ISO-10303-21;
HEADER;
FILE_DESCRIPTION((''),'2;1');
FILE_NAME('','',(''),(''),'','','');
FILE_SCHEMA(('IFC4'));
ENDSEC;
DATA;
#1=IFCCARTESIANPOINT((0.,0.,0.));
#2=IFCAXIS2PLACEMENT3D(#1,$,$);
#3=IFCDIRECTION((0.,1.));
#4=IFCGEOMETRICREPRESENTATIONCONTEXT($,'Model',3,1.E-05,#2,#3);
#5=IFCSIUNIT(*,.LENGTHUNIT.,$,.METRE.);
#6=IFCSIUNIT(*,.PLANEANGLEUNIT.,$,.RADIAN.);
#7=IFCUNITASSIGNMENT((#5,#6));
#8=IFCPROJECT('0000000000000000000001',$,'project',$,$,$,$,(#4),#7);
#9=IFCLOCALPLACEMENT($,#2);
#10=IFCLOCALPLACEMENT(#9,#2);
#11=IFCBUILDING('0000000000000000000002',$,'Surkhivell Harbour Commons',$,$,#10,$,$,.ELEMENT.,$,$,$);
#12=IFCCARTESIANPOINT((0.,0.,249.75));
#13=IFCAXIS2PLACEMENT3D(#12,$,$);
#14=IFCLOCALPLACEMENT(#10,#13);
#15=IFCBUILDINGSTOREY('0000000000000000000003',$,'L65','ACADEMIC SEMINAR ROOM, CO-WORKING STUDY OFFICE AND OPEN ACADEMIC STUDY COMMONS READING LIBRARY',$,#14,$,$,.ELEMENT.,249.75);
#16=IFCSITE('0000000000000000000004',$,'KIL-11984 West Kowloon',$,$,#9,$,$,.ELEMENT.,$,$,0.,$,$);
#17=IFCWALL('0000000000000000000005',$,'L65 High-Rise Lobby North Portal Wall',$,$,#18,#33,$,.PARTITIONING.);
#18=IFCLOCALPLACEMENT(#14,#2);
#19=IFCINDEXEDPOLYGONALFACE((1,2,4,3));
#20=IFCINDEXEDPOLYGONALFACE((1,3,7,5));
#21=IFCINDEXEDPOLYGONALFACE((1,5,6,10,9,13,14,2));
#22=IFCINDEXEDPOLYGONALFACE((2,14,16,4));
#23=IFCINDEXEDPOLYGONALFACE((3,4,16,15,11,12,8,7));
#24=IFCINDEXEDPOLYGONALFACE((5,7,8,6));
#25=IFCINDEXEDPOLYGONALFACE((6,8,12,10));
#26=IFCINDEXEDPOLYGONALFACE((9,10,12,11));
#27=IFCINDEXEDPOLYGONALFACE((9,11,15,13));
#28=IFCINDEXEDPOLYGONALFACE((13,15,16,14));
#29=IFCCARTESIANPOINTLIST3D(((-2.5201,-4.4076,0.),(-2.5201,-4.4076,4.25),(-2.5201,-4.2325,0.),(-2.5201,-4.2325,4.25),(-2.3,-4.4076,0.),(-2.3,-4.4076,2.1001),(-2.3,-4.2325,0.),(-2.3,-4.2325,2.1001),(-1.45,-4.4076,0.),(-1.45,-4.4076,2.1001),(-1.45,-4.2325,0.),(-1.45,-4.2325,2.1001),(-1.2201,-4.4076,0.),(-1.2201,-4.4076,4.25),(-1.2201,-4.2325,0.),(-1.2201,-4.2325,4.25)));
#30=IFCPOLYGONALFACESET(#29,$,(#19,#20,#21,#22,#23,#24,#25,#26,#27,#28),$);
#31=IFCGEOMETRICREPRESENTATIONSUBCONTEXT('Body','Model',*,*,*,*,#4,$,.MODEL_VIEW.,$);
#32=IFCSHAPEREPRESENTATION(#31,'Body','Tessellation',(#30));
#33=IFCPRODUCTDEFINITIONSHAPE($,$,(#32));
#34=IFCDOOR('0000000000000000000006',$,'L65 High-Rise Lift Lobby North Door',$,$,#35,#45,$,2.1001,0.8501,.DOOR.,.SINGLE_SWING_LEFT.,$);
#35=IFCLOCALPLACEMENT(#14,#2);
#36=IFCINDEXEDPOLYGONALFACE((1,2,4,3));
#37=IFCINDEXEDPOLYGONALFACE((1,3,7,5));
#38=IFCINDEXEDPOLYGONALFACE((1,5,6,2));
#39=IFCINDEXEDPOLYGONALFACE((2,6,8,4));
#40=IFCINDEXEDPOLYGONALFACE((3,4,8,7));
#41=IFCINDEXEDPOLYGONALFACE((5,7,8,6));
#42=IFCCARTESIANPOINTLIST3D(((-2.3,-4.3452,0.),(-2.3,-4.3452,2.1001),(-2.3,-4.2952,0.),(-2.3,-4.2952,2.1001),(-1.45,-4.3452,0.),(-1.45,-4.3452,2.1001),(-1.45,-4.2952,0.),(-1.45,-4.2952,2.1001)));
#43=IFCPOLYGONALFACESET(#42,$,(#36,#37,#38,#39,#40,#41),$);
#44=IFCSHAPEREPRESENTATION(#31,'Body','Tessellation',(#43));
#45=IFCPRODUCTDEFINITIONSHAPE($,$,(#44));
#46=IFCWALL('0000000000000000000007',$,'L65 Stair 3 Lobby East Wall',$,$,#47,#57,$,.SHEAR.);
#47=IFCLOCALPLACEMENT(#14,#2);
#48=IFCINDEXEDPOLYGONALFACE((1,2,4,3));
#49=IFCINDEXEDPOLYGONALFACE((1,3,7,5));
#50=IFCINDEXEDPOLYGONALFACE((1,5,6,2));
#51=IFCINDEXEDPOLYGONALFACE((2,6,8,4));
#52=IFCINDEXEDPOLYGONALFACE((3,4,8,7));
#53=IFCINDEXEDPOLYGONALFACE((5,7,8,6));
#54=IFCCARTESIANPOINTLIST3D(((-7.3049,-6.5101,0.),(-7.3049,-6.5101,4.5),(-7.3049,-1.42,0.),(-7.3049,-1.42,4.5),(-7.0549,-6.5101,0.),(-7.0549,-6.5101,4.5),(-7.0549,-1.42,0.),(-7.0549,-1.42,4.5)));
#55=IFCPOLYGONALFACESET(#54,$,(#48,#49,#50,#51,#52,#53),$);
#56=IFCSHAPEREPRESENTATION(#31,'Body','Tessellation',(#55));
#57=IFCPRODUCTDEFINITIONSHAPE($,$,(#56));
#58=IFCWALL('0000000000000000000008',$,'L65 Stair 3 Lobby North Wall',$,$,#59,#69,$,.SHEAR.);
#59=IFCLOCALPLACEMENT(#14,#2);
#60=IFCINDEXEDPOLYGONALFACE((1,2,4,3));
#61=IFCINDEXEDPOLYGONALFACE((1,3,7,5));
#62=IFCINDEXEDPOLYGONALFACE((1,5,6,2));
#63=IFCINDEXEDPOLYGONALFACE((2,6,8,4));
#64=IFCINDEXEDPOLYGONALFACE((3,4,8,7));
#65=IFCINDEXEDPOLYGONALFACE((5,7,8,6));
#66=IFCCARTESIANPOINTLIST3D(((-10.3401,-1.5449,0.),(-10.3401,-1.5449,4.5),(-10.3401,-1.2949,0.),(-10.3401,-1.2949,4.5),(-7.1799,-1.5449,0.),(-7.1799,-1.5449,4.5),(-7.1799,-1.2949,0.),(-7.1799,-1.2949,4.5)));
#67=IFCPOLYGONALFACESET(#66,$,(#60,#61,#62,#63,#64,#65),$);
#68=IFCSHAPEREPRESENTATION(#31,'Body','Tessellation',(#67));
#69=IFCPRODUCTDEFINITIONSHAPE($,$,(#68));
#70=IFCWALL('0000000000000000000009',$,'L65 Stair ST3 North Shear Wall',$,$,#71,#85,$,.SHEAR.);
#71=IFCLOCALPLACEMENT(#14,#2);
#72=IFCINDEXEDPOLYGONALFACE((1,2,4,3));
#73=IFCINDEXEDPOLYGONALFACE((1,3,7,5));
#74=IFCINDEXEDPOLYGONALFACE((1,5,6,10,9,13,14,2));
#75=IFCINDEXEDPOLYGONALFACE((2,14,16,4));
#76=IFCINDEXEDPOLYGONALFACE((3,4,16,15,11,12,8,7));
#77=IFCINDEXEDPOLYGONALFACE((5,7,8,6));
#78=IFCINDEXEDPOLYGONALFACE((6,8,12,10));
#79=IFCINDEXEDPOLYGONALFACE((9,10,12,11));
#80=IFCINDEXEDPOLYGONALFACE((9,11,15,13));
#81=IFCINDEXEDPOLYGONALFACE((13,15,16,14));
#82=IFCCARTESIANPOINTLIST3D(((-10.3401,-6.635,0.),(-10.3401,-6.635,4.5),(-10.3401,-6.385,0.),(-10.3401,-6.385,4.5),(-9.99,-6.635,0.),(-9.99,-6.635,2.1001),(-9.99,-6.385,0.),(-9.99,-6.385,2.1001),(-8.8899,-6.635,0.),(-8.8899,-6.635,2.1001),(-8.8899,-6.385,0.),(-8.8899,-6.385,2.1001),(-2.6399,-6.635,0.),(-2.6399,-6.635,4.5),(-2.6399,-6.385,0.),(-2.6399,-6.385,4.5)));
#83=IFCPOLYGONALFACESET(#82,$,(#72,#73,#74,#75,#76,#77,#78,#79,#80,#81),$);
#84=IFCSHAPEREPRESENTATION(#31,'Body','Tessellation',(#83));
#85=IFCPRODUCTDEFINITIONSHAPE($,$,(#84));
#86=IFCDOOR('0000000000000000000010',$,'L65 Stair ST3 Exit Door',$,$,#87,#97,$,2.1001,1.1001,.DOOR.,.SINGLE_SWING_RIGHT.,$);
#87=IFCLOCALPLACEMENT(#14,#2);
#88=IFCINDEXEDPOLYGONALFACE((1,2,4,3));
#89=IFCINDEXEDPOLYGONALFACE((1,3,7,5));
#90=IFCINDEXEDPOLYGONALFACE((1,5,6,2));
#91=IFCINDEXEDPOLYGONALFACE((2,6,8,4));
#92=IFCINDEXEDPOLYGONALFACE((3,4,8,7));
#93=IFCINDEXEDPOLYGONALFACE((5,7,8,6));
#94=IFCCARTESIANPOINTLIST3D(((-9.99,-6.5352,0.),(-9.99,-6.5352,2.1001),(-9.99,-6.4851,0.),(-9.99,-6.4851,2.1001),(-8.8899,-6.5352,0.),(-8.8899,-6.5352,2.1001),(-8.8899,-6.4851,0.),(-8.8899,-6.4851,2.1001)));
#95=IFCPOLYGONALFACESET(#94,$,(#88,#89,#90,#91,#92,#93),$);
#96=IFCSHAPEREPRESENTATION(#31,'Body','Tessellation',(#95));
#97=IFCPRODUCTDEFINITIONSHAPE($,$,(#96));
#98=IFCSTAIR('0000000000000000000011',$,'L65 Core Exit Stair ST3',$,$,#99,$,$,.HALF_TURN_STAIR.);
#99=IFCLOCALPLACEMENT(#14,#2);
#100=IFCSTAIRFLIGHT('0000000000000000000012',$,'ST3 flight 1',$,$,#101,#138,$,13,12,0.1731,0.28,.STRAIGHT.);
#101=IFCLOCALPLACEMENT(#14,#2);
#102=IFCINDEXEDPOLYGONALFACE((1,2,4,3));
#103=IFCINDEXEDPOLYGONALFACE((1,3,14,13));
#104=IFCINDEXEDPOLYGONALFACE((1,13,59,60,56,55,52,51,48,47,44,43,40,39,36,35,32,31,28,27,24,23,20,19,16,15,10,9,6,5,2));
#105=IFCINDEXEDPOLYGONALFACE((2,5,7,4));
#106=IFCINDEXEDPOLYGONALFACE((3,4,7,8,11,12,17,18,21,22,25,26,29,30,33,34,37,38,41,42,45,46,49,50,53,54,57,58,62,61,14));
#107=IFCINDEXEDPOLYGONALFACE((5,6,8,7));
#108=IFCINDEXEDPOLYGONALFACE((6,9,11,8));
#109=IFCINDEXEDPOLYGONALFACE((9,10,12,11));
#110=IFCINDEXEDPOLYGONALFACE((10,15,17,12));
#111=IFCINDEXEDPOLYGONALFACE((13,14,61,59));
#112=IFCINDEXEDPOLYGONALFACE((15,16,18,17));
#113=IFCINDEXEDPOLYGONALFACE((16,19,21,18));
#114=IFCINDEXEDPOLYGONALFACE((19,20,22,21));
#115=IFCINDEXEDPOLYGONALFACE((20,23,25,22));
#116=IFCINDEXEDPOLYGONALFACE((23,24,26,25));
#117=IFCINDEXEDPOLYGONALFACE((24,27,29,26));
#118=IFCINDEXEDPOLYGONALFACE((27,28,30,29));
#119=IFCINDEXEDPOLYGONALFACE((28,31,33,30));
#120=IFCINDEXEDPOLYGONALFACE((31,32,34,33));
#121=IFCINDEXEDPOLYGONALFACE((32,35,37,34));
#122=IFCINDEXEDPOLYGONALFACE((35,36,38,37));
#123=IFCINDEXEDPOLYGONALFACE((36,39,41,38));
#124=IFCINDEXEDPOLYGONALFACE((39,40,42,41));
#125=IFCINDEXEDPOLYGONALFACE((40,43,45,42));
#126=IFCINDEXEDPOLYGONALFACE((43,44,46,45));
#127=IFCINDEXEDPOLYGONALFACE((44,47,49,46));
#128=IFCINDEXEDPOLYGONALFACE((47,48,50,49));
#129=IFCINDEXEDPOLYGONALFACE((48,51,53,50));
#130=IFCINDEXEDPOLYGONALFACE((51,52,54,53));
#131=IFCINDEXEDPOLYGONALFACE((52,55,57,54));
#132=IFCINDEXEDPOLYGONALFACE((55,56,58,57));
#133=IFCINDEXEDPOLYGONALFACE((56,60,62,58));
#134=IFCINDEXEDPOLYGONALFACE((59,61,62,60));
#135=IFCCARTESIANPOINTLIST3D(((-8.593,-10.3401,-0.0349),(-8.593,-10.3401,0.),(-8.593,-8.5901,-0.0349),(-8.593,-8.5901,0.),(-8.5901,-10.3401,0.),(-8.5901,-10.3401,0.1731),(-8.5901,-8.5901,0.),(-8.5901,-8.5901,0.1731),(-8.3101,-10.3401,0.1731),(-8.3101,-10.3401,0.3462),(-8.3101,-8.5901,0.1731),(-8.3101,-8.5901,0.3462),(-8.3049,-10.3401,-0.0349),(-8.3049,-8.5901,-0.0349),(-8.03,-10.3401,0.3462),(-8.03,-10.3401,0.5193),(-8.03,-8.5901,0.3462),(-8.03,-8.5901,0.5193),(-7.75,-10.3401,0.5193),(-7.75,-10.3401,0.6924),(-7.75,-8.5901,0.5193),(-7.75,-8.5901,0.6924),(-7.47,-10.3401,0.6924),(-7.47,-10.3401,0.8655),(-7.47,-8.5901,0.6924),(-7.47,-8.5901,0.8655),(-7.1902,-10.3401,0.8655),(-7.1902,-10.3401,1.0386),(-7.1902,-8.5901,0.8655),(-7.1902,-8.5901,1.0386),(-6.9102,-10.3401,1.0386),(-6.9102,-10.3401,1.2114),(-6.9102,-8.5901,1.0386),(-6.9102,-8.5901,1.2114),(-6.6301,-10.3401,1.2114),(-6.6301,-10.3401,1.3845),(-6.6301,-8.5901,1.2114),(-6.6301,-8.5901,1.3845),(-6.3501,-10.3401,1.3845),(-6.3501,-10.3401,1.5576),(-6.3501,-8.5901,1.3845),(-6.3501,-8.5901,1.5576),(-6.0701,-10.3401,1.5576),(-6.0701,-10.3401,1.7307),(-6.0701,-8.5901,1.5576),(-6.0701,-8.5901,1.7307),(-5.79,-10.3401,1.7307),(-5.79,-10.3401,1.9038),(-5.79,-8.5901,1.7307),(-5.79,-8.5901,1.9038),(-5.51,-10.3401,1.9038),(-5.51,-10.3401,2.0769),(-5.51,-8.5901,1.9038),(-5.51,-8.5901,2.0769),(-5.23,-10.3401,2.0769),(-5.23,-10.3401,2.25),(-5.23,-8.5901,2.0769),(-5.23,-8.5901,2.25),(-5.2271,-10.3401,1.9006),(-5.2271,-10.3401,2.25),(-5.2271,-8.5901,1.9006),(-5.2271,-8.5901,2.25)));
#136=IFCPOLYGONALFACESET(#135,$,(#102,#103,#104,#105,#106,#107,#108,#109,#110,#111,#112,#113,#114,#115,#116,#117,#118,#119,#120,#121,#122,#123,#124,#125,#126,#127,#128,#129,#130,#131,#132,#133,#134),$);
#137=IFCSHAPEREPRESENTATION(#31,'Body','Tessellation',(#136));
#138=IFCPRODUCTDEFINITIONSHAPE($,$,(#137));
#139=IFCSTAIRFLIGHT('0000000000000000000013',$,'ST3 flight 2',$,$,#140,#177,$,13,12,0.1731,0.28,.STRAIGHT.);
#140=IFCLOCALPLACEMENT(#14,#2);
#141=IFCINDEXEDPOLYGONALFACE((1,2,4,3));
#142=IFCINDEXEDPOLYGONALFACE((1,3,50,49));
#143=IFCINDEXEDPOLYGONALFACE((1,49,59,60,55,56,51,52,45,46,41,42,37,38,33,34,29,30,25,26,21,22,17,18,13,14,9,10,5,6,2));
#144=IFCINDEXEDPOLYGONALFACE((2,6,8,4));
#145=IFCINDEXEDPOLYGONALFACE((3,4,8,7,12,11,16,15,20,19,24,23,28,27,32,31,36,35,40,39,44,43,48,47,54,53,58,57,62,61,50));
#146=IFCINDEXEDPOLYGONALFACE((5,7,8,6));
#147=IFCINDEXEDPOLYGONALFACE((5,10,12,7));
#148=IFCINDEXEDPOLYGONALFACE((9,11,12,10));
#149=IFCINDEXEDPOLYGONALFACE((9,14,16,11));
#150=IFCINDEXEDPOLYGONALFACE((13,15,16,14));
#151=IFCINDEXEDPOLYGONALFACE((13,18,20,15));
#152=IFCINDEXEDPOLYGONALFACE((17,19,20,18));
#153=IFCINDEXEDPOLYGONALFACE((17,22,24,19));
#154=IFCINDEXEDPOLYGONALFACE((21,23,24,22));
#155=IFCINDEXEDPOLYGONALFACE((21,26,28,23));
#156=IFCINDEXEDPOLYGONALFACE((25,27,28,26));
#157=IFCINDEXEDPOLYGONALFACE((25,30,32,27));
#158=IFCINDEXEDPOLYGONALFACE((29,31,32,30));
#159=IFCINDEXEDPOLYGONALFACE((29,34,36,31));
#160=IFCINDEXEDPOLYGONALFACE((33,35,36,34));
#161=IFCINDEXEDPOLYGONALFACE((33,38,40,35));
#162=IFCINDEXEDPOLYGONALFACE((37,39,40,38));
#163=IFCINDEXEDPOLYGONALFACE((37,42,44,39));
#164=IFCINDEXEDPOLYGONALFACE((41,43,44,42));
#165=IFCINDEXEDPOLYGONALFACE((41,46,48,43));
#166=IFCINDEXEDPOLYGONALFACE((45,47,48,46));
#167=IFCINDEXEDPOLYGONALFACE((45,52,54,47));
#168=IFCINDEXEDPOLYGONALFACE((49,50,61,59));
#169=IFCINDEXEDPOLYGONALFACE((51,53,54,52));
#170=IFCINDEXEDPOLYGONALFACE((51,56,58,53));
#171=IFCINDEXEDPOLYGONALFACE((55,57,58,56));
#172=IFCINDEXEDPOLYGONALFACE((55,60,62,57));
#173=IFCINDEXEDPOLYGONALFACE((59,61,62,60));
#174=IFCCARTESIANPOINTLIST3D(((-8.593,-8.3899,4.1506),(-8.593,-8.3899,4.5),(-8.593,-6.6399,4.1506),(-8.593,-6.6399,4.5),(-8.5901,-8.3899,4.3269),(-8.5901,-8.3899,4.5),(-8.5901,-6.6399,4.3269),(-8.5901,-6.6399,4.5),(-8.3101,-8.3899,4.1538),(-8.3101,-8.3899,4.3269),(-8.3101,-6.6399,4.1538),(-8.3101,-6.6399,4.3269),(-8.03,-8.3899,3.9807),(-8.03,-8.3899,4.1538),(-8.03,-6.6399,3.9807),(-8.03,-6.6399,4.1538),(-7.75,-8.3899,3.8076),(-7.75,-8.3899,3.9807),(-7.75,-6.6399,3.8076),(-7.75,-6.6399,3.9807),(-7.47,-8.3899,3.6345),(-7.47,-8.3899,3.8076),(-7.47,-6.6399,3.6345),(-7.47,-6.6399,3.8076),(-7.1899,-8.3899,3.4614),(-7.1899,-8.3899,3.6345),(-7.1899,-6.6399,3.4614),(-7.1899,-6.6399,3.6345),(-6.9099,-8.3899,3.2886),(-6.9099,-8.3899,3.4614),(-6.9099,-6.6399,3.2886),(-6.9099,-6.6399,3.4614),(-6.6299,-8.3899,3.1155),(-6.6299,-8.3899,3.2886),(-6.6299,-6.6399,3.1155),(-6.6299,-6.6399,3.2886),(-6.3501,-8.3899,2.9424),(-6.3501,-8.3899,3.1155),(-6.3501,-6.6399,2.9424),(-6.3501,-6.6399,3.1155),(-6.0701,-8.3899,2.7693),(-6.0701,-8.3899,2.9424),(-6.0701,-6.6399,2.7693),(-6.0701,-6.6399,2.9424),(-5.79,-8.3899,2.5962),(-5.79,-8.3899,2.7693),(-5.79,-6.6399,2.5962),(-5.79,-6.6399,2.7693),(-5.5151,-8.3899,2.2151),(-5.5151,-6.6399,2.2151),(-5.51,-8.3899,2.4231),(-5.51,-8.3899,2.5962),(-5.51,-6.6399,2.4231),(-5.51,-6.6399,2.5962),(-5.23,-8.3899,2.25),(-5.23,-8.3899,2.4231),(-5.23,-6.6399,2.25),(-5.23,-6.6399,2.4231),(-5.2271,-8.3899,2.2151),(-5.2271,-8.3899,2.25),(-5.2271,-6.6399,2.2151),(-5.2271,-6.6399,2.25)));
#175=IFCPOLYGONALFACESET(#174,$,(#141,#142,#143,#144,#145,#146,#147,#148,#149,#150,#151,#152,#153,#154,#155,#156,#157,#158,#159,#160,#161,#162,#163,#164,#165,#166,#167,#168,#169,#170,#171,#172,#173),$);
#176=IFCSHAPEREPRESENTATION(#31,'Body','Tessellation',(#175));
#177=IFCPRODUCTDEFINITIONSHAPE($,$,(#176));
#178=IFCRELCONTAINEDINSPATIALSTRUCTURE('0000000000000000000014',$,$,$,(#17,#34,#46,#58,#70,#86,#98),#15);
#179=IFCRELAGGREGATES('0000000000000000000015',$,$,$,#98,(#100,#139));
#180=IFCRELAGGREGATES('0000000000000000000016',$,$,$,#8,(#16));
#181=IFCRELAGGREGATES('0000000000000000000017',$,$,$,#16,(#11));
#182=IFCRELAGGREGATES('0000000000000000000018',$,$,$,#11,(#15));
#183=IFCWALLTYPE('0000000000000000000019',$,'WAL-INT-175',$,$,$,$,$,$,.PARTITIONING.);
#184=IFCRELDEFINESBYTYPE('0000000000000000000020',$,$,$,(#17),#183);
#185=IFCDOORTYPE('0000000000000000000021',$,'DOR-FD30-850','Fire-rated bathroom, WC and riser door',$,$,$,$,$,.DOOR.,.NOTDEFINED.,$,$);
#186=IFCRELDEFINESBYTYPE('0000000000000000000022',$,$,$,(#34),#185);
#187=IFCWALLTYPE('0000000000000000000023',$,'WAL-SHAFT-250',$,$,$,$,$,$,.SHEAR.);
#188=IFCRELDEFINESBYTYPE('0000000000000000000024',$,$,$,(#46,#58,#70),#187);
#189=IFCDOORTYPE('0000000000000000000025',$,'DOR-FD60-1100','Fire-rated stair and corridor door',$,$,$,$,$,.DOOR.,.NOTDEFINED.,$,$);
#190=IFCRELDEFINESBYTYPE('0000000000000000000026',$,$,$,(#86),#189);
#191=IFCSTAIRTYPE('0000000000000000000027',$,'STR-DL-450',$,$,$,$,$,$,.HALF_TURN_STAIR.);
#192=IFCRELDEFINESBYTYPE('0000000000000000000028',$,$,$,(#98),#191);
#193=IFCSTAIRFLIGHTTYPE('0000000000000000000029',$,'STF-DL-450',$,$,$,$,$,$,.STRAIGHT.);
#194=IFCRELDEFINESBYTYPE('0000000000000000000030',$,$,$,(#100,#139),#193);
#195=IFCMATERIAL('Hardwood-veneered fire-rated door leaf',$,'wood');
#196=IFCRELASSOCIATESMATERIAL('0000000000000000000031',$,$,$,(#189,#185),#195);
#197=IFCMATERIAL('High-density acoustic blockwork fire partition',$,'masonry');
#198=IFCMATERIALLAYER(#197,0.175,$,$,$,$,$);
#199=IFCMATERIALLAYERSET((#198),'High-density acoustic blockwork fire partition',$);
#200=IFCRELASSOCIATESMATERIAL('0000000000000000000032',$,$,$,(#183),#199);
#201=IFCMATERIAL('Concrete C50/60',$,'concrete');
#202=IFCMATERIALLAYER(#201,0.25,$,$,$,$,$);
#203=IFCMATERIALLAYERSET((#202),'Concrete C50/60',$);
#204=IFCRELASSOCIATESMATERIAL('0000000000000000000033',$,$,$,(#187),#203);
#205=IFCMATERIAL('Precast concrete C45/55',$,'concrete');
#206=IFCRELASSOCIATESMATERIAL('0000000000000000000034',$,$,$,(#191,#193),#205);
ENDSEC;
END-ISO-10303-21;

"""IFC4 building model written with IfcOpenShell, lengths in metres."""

from ifc_helpers import new_model, si_unit, direction, frame, frame_2d, origin, place, context, subcontext, project, spatial, polyline, rectangle, outline, extrude, material, layer, layer_set, type_object, element, fill, aggregate, save


model = new_model("IFC4")

# Units and contexts
model_context = context("Model", 3, precision=1e-05, world=origin(), true_north=direction((0.0, 1.0)))
body_context = subcontext(model_context, "Body", "Model", "MODEL_VIEW")
ifc_project = project(units=[si_unit("LENGTHUNIT", "METRE"), si_unit("PLANEANGLEUNIT", "RADIAN")], contexts=[model_context])

# Site, building, storey
site_placement = place(None, origin())
site = spatial("IfcSite", under=ifc_project, at=site_placement, Name="KIL-11984 West Kowloon", CompositionType="ELEMENT", RefElevation=0.0)
building_placement = place(site_placement, origin())
building = spatial("IfcBuilding", under=site, at=building_placement, Name="Surkhivell Harbour Commons", CompositionType="ELEMENT")
storey_placement = place(building_placement, frame((0.0, 0.0, 249.75)))
storey = spatial("IfcBuildingStorey", under=building, at=storey_placement, Name="L65", Description="ACADEMIC SEMINAR ROOM, CO-WORKING STUDY OFFICE AND OPEN ACADEMIC STUDY COMMONS READING LIBRARY", CompositionType="ELEMENT", Elevation=249.75)

# Shared definitions
ifc_material_1 = material(Name="Hardwood-veneered fire-rated door leaf", Category="wood")
door_type_1 = type_object("IfcDoorType", Name="DOR-FD60-1100", Description="Fire-rated stair and corridor door", OperationType="NOTDEFINED", PredefinedType="DOOR", material=ifc_material_1)

# Shared definitions
ifc_material_2 = material(Name="High-density acoustic blockwork fire partition", Category="masonry")
ifc_layer_1 = layer(ifc_material_2, 0.175)
ifc_layer_set_1 = layer_set([ifc_layer_1], Name="High-density acoustic blockwork fire partition")
wall_type_1 = type_object("IfcWallType", Name="WAL-INT-175", PredefinedType="PARTITIONING", material=ifc_layer_set_1)
door_type_2 = type_object("IfcDoorType", Name="DOR-FD30-850", Description="Fire-rated bathroom, WC and riser door", OperationType="NOTDEFINED", PredefinedType="DOOR", material=ifc_material_1)

# Wall, opening, door
wall_1_placement = place(storey_placement, frame((-2.52, -4.3201, 0.0), z_axis=(0.0, 0.0, 1.0), x_axis=(1.0, 0.0, 0.0)))
wall_1 = element("IfcWall", 1, at=wall_1_placement, inside=storey, type_object=wall_type_1, Name="L65 High-Rise Lobby North Portal Wall", PredefinedType="PARTITIONING", context=body_context, shape_type="SweptSolid", body=[
    extrude(rectangle(XDim=1.3, YDim=0.175, at=frame_2d((0.6499, 0.0))), origin(), (0.0, 0.0, 1.0), 4.25),
])
opening_1_placement = place(wall_1_placement, frame((0.22, 0.0, 0.0)))
opening_1 = element("IfcOpeningElement", 2, at=opening_1_placement, cuts=wall_1, PredefinedType="OPENING", context=body_context, shape_type="SweptSolid", body=[
    extrude(rectangle(XDim=0.8501, YDim=2.1001, at=frame_2d((0.425, 1.05))), frame((0.0, 0.0974, 0.0), z_axis=(0.0, -1.0, 0.0), x_axis=(1.0, 0.0, 0.0)), (0.0, 0.0, 1.0), 0.1951),
])
door_1_placement = place(opening_1_placement, origin())
door_1 = element("IfcDoor", 3, at=door_1_placement, inside=storey, type_object=door_type_2, Name="L65 High-Rise Lift Lobby North Door", OperationType="SINGLE_SWING_LEFT", OverallHeight=2.1001, OverallWidth=0.8501, PredefinedType="DOOR", context=body_context, shape_type="SweptSolid", body=[
    extrude(rectangle(XDim=0.8501, YDim=2.1001, at=frame_2d((0.425, 1.05))), frame((0.0, 0.0249, 0.0), z_axis=(0.0, -1.0, 0.0), x_axis=(1.0, 0.0, 0.0)), (0.0, 0.0, 1.0), 0.05),
])
fill(opening_1, door_1)

# Walls
ifc_material_3 = material(Name="Concrete C50/60", Category="concrete")
ifc_layer_2 = layer(ifc_material_3, 0.25)
ifc_layer_set_2 = layer_set([ifc_layer_2], Name="Concrete C50/60")
wall_type_2 = type_object("IfcWallType", Name="WAL-SHAFT-250", PredefinedType="SHEAR", material=ifc_layer_set_2)
wall_2_placement = place(storey_placement, frame((-7.1799, -6.51, 0.0), z_axis=(0.0, 0.0, 1.0), x_axis=(0.0, 1.0, 0.0)))
element("IfcWall", 4, at=wall_2_placement, inside=storey, type_object=wall_type_2, Name="L65 Stair 3 Lobby East Wall", PredefinedType="SHEAR", context=body_context, shape_type="SweptSolid", body=[
    extrude(rectangle(XDim=5.0901, YDim=0.25, at=frame_2d((2.5449, 0.0))), origin(), (0.0, 0.0, 1.0), 4.5),
])
wall_3_placement = place(storey_placement, frame((-10.3401, -1.4199, 0.0), z_axis=(0.0, 0.0, 1.0), x_axis=(1.0, 0.0, 0.0)))
element("IfcWall", 5, at=wall_3_placement, inside=storey, type_object=wall_type_2, Name="L65 Stair 3 Lobby North Wall", PredefinedType="SHEAR", context=body_context, shape_type="SweptSolid", body=[
    extrude(rectangle(XDim=3.1602, YDim=0.25, at=frame_2d((1.5801, 0.0))), origin(), (0.0, 0.0, 1.0), 4.5),
])

# Wall, opening, door
wall_4_placement = place(storey_placement, frame((-10.3401, -6.51, 0.0), z_axis=(0.0, 0.0, 1.0), x_axis=(1.0, 0.0, 0.0)))
wall_4 = element("IfcWall", 6, at=wall_4_placement, inside=storey, type_object=wall_type_2, Name="L65 Stair ST3 North Shear Wall", PredefinedType="SHEAR", context=body_context, shape_type="SweptSolid", body=[
    extrude(rectangle(XDim=7.7002, YDim=0.25, at=frame_2d((3.8501, 0.0))), origin(), (0.0, 0.0, 1.0), 4.5),
])
opening_2_placement = place(wall_4_placement, frame((0.3501, 0.0, 0.0)))
opening_2 = element("IfcOpeningElement", 7, at=opening_2_placement, cuts=wall_4, PredefinedType="OPENING", context=body_context, shape_type="SweptSolid", body=[
    extrude(rectangle(XDim=1.1001, YDim=2.1001, at=frame_2d((0.55, 1.05))), frame((0.0, 0.135, 0.0), z_axis=(0.0, -1.0, 0.0), x_axis=(1.0, 0.0, 0.0)), (0.0, 0.0, 1.0), 0.27),
])
door_2_placement = place(opening_2_placement, origin())
door_2 = element("IfcDoor", 8, at=door_2_placement, inside=storey, type_object=door_type_1, Name="L65 Stair ST3 Exit Door", OperationType="SINGLE_SWING_RIGHT", OverallHeight=2.1001, OverallWidth=1.1001, PredefinedType="DOOR", context=body_context, shape_type="SweptSolid", body=[
    extrude(rectangle(XDim=1.1001, YDim=2.1001, at=frame_2d((0.55, 1.05))), frame((0.0, 0.0249, 0.0), z_axis=(0.0, -1.0, 0.0), x_axis=(1.0, 0.0, 0.0)), (0.0, 0.0, 1.0), 0.05),
])
fill(opening_2, door_2)

# Stair, stair flights
ifc_material_4 = material(Name="Precast concrete C45/55", Category="concrete")
stair_type = type_object("IfcStairType", Name="STR-DL-450", PredefinedType="HALF_TURN_STAIR", material=ifc_material_4)
stair_placement = place(storey_placement, origin())
stair = element("IfcStair", 9, at=stair_placement, inside=storey, type_object=stair_type, Name="L65 Core Exit Stair ST3", PredefinedType="HALF_TURN_STAIR")
stair_flight_type = type_object("IfcStairFlightType", Name="STF-DL-450", PredefinedType="STRAIGHT", material=ifc_material_4)
stair_flight_1_placement = place(storey_placement, frame((-8.5901, -9.4651, 0.0), z_axis=(0.0, 0.0, 1.0), x_axis=(1.0, 0.0, 0.0)))
stair_flight_1 = element("IfcStairFlight", 10, at=stair_flight_1_placement, type_object=stair_flight_type, Name="ST3 flight 1", NumberOfRisers=13, NumberOfTreads=12, PredefinedType="STRAIGHT", RiserHeight=0.1731, TreadLength=0.28, context=body_context, shape_type="SweptSolid", body=[
    extrude(outline(polyline([(-0.0029, -0.0349), (-0.0029, 0.0), (0.0, 0.0), (0.0, 0.1731), (0.28, 0.1731), (0.28, 0.3462), (0.5601, 0.3462), (0.5601, 0.5193), (0.8401, 0.5193), (0.8401, 0.6924), (1.1201, 0.6924), (1.1201, 0.8655), (1.3999, 0.8655), (1.3999, 1.0386), (1.6799, 1.0386), (1.6799, 1.2114), (1.96, 1.2114), (1.96, 1.3845), (2.24, 1.3845), (2.24, 1.5576), (2.52, 1.5576), (2.52, 1.7307), (2.8, 1.7307), (2.8, 1.9038), (3.0801, 1.9038), (3.0801, 2.0769), (3.3601, 2.0769), (3.3601, 2.25), (3.363, 2.25), (3.363, 1.9006), (0.2852, -0.0349), (-0.0029, -0.0349)])), frame((0.0, 0.875, 0.0), z_axis=(0.0, -1.0, 0.0), x_axis=(1.0, 0.0, 0.0)), (0.0, 0.0, 1.0), 1.75),
])
stair_flight_2_placement = place(storey_placement, frame((-5.23, -7.5149, 2.25), z_axis=(0.0, 0.0, 1.0), x_axis=(-1.0, 0.0, 0.0)))
stair_flight_2 = element("IfcStairFlight", 11, at=stair_flight_2_placement, type_object=stair_flight_type, Name="ST3 flight 2", NumberOfRisers=13, NumberOfTreads=12, PredefinedType="STRAIGHT", RiserHeight=0.1731, TreadLength=0.28, context=body_context, shape_type="SweptSolid", body=[
    extrude(outline(polyline([(-0.0029, -0.0349), (-0.0029, 0.0), (0.0, 0.0), (0.0, 0.1731), (0.28, 0.1731), (0.28, 0.3462), (0.5601, 0.3462), (0.5601, 0.5193), (0.8401, 0.5193), (0.8401, 0.6924), (1.1201, 0.6924), (1.1201, 0.8655), (1.3999, 0.8655), (1.3999, 1.0386), (1.6799, 1.0386), (1.6799, 1.2114), (1.96, 1.2114), (1.96, 1.3845), (2.24, 1.3845), (2.24, 1.5576), (2.52, 1.5576), (2.52, 1.7307), (2.8, 1.7307), (2.8, 1.9038), (3.0801, 1.9038), (3.0801, 2.0769), (3.3601, 2.0769), (3.3601, 2.25), (3.363, 2.25), (3.363, 1.9006), (0.2852, -0.0349), (-0.0029, -0.0349)])), frame((0.0, 0.875, 0.0), z_axis=(0.0, -1.0, 0.0), x_axis=(1.0, 0.0, 0.0)), (0.0, 0.0, 1.0), 1.75),
])
aggregate(stair, [stair_flight_1, stair_flight_2])

save(model, "model.ifc")
